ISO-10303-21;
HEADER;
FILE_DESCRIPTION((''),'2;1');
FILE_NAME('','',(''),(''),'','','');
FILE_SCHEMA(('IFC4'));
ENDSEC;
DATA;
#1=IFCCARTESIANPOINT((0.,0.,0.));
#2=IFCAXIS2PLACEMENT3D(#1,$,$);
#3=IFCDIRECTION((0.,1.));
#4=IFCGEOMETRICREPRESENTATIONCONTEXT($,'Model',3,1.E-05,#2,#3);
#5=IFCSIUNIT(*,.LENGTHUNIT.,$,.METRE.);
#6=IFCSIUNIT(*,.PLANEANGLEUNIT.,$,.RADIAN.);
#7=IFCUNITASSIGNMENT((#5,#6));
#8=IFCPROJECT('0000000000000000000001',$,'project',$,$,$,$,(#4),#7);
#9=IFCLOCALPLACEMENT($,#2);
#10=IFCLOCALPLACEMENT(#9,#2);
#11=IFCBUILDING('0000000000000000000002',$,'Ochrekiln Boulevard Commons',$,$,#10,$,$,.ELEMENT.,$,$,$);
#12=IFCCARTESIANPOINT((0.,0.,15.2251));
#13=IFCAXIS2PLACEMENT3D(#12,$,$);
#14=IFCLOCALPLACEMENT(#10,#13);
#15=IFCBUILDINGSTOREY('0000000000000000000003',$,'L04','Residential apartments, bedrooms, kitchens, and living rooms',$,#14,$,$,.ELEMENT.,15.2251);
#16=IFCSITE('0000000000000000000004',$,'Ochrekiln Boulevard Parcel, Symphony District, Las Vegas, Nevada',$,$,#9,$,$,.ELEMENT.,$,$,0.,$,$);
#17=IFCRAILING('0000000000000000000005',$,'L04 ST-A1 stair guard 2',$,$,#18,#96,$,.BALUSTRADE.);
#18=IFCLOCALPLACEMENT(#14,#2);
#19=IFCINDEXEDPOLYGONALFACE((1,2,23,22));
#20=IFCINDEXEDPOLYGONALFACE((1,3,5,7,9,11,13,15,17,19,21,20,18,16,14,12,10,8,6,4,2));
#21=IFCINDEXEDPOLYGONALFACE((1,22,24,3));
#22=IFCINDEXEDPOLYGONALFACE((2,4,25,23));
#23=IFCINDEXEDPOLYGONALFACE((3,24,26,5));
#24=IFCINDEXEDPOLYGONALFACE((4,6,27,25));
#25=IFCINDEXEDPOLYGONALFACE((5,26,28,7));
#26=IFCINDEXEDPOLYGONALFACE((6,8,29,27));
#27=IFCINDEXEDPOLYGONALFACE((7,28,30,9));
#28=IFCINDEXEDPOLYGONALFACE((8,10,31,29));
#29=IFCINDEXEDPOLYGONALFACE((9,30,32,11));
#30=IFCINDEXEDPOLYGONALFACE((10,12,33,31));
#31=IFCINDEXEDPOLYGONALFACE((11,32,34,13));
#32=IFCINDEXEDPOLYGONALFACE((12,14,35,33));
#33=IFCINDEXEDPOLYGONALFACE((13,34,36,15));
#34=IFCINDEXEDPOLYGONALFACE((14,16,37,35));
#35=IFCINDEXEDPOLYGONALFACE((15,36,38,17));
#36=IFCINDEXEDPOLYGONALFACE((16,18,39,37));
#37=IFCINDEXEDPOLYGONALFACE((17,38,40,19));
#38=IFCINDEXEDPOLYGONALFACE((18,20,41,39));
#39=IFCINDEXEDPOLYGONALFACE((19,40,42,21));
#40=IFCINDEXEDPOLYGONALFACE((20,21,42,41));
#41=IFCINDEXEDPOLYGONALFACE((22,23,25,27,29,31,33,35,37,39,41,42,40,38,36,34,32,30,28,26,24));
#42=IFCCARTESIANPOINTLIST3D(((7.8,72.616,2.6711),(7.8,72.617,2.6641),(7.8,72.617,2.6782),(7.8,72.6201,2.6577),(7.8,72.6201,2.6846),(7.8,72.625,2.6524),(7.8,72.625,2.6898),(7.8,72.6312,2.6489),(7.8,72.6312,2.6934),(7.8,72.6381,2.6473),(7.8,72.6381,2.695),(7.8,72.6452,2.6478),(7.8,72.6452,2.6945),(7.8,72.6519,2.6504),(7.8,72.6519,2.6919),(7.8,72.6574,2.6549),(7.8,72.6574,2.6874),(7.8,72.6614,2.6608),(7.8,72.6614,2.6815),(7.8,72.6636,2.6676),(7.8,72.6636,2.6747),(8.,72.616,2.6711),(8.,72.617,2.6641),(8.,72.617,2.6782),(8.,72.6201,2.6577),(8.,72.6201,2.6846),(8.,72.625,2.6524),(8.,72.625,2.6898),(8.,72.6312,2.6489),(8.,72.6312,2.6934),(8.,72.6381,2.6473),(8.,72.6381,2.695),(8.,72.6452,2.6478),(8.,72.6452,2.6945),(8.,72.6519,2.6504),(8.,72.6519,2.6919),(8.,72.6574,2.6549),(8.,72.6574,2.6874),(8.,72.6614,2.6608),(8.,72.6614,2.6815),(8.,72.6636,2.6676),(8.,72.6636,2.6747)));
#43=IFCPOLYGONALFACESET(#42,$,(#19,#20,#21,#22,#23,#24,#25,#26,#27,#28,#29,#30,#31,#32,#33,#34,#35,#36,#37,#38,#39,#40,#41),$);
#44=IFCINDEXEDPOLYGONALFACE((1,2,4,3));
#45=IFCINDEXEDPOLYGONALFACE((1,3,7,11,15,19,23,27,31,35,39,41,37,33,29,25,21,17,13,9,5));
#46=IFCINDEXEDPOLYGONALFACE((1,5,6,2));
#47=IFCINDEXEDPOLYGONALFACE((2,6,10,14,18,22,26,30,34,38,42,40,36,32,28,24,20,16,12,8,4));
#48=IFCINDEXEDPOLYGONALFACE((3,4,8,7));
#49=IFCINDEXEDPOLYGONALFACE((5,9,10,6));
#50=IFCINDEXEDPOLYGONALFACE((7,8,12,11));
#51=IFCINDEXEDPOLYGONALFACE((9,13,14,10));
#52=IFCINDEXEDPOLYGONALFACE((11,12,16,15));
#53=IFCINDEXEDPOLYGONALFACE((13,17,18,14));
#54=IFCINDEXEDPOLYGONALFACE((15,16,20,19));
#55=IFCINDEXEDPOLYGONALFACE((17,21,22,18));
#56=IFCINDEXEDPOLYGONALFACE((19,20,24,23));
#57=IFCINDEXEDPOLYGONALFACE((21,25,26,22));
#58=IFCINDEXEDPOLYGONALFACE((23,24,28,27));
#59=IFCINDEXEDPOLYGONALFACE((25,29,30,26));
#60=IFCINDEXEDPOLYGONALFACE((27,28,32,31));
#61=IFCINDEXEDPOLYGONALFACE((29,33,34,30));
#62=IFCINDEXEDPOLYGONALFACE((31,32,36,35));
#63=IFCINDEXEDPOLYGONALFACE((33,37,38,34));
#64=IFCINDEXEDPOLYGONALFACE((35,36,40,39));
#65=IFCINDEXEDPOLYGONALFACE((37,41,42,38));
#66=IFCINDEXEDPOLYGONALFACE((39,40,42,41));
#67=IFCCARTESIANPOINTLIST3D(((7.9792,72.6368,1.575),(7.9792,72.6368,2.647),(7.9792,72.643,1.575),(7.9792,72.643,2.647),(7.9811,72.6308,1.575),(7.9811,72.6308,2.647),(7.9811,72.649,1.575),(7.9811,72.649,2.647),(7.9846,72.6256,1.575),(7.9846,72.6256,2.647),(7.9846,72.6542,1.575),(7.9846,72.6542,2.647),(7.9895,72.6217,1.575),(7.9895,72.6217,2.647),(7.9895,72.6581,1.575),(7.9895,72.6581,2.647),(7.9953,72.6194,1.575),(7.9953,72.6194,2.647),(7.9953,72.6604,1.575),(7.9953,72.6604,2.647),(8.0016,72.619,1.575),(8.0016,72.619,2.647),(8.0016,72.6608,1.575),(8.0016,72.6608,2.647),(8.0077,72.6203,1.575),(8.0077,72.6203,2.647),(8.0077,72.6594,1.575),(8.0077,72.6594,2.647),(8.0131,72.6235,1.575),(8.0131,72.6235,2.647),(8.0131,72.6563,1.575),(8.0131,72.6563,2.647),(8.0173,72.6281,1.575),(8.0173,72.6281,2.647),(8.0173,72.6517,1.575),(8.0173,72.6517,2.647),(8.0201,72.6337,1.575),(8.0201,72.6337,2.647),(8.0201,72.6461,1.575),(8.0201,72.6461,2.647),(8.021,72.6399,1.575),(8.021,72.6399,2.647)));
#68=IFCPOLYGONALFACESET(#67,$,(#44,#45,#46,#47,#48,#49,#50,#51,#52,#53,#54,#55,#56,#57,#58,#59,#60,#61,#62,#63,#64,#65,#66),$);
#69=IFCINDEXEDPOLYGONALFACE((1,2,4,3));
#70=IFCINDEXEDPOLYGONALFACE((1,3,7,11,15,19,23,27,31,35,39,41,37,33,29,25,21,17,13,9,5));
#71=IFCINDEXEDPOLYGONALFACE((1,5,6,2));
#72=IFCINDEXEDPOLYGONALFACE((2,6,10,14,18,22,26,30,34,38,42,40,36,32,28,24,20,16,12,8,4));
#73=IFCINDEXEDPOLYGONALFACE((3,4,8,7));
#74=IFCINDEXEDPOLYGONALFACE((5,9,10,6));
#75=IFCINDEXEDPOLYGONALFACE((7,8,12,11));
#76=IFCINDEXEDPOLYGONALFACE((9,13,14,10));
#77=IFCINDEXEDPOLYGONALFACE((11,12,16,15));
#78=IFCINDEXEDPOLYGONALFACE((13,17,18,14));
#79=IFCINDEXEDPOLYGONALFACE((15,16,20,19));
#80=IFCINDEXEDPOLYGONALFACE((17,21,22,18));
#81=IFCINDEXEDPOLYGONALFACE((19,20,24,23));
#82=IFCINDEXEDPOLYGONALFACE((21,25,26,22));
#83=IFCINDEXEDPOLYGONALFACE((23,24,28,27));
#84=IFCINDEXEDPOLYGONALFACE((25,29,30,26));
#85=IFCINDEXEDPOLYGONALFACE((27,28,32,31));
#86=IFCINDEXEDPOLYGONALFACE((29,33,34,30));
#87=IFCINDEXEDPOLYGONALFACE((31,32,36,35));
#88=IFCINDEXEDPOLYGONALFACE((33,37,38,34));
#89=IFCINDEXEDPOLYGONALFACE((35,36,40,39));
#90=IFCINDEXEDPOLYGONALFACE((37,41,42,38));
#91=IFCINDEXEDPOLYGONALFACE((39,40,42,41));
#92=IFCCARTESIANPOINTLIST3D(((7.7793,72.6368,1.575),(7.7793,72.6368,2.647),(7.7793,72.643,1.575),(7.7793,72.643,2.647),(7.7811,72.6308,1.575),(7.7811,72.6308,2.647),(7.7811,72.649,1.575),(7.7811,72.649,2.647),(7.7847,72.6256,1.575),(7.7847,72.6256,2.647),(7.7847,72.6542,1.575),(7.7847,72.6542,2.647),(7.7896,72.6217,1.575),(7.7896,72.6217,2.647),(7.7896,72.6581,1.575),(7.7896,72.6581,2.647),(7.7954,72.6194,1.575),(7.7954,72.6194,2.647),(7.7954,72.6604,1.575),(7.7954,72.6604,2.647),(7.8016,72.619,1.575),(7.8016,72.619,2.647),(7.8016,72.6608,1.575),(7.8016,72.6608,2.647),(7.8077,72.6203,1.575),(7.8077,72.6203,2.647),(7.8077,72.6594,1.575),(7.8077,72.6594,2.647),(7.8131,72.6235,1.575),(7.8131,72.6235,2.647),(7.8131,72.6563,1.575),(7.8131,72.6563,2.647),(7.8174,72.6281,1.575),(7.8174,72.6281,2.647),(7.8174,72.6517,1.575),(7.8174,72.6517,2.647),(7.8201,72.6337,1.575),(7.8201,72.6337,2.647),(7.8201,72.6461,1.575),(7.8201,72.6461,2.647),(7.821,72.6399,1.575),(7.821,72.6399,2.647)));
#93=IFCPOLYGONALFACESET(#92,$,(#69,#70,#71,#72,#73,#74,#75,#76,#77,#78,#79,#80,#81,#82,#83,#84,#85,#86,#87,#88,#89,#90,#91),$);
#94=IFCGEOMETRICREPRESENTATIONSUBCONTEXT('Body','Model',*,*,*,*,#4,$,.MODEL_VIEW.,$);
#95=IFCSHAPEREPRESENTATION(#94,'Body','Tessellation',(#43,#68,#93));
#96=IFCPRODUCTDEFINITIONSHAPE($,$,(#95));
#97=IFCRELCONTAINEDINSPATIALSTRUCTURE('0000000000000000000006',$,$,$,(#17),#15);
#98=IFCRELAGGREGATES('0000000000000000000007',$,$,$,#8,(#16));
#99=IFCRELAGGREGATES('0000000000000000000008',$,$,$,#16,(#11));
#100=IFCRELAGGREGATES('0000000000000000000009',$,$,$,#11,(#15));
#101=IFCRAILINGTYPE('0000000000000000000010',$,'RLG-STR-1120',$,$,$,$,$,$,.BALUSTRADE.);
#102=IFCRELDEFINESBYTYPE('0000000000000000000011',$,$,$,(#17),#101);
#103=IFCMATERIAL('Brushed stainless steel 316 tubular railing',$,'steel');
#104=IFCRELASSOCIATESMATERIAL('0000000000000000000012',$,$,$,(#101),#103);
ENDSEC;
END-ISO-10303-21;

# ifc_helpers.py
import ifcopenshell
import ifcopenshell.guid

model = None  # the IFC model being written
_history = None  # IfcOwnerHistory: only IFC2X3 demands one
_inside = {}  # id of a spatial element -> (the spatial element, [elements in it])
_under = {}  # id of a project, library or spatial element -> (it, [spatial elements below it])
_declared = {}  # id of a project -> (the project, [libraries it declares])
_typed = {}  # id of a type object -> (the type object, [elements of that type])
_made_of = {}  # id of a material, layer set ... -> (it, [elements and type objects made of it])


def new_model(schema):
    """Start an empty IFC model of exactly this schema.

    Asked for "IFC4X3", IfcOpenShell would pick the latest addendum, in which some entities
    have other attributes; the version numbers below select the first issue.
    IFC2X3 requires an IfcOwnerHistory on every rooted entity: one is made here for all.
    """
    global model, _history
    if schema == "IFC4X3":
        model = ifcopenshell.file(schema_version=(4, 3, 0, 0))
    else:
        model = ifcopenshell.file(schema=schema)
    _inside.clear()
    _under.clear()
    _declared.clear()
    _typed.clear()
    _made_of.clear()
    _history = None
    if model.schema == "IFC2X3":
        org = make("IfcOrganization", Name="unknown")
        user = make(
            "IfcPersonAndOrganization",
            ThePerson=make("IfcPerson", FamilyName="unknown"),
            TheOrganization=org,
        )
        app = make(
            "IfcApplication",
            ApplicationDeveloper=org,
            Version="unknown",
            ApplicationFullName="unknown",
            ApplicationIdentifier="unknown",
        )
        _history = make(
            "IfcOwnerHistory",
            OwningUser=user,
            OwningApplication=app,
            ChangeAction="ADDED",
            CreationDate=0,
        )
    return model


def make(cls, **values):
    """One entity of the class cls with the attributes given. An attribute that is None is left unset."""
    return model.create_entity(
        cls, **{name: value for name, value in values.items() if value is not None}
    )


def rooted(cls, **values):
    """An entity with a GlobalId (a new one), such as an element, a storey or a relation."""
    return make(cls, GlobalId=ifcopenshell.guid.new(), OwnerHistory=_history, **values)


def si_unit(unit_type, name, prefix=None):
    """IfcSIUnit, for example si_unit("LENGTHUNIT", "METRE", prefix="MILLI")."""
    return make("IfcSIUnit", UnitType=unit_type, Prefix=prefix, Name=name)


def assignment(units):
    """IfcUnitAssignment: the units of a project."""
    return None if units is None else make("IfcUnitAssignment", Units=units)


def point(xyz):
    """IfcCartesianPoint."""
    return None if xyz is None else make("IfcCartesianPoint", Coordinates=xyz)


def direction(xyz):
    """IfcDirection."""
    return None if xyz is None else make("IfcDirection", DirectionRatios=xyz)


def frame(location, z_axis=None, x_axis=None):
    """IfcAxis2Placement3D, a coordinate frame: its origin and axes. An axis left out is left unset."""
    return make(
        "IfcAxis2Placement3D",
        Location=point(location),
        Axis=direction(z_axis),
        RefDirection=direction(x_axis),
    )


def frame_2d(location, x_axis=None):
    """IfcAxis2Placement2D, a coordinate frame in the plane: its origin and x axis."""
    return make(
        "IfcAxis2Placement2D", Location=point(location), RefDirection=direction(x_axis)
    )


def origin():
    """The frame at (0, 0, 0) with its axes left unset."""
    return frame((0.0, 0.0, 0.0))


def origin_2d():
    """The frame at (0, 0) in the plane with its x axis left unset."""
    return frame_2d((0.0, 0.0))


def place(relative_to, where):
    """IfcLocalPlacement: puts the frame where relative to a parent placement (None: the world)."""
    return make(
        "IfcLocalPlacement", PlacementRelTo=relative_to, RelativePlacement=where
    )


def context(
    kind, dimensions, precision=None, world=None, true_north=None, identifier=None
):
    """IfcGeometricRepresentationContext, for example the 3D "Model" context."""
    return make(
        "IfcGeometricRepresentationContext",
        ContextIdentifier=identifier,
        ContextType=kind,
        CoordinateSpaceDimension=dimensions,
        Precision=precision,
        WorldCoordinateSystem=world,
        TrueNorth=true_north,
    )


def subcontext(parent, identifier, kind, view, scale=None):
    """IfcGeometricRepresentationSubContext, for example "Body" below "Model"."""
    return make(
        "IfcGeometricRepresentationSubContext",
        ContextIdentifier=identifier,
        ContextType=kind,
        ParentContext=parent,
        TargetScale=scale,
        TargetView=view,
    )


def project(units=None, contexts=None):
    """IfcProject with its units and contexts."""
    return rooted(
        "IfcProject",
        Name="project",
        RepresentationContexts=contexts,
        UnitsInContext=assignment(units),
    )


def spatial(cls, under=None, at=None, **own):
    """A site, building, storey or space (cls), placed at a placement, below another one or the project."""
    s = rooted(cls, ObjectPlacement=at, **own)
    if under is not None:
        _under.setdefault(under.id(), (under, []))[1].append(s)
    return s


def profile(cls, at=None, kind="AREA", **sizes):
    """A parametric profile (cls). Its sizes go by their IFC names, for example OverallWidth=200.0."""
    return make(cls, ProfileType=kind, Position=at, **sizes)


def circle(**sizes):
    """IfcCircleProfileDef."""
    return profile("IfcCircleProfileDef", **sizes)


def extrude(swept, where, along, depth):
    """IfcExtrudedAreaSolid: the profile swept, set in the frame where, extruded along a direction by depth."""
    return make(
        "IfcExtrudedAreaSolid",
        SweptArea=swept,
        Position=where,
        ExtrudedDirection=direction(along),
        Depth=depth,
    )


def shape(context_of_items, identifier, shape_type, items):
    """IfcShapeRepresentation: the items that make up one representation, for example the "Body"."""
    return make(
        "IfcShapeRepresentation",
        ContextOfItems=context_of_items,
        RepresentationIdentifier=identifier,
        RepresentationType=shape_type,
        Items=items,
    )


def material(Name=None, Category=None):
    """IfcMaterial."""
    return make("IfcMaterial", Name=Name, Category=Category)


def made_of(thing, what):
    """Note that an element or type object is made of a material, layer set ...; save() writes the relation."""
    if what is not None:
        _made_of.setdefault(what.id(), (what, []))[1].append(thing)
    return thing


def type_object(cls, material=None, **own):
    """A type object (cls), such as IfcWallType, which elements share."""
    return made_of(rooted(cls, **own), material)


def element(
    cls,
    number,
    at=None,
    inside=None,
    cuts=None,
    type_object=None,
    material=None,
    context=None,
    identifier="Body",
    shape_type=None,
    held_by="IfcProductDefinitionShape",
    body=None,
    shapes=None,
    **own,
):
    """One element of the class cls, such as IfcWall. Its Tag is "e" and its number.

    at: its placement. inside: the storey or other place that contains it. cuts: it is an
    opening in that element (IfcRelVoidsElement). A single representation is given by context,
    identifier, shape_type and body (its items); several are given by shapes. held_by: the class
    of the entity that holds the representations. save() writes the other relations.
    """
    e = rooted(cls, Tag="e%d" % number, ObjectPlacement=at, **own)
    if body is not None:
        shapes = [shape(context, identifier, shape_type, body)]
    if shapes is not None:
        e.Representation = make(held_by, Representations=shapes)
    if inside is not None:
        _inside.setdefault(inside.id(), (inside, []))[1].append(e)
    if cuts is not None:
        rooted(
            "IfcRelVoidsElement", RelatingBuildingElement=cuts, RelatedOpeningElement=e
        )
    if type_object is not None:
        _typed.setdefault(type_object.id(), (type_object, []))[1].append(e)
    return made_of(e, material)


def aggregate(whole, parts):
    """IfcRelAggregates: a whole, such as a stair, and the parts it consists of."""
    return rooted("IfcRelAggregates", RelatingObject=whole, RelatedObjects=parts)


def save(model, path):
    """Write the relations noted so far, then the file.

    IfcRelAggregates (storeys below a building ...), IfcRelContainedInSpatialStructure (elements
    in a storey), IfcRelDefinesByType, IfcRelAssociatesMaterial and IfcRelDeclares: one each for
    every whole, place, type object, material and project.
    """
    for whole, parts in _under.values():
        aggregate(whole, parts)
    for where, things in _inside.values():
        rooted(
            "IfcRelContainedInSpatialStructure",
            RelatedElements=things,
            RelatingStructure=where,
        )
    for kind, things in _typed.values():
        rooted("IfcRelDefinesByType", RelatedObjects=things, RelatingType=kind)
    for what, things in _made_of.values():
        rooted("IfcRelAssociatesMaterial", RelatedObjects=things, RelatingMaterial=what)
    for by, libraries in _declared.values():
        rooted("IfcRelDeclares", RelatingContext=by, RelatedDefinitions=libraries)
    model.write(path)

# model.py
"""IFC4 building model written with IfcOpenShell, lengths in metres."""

from ifc_helpers import new_model, si_unit, direction, frame, origin, origin_2d, place, context, subcontext, project, spatial, circle, extrude, material, type_object, element, save


model = new_model("IFC4")

# Units and contexts
model_context = context("Model", 3, precision=1e-05, world=origin(), true_north=direction((0.0, 1.0)))
body_context = subcontext(model_context, "Body", "Model", "MODEL_VIEW")
ifc_project = project(units=[si_unit("LENGTHUNIT", "METRE"), si_unit("PLANEANGLEUNIT", "RADIAN")], contexts=[model_context])

# Site, building, storey
site_placement = place(None, origin())
site = spatial("IfcSite", under=ifc_project, at=site_placement, Name="Ochrekiln Boulevard Parcel, Symphony District, Las Vegas, Nevada", CompositionType="ELEMENT", RefElevation=0.0)
building_placement = place(site_placement, origin())
building = spatial("IfcBuilding", under=site, at=building_placement, Name="Ochrekiln Boulevard Commons", CompositionType="ELEMENT")
storey_placement = place(building_placement, frame((0.0, 0.0, 15.2251)))
storey = spatial("IfcBuildingStorey", under=building, at=storey_placement, Name="L04", Description="Residential apartments, bedrooms, kitchens, and living rooms", CompositionType="ELEMENT", Elevation=15.2251)

# Railing
ifc_material_1 = material(Name="Brushed stainless steel 316 tubular railing", Category="steel")
railing_type_1 = type_object("IfcRailingType", Name="RLG-STR-1120", PredefinedType="BALUSTRADE", material=ifc_material_1)
railing_1_placement = place(storey_placement, frame((8.0, 72.6399, 1.575)))
element("IfcRailing", 1, at=railing_1_placement, inside=storey, type_object=railing_type_1, Name="L04 ST-A1 stair guard 2", PredefinedType="BALUSTRADE", context=body_context, shape_type="SweptSolid", body=[
    extrude(circle(Radius=0.0239, at=origin_2d()), frame((0.0, 0.0, 1.0962), z_axis=(-1.0, 0.0, 0.0), x_axis=(0.0, -1.0, 0.0)), (0.0, 0.0, 1.0), 0.2),
    extrude(circle(Radius=0.021, at=origin_2d()), origin(), (0.0, 0.0, 1.0), 1.072),
    extrude(circle(Radius=0.021, at=origin_2d()), frame((-0.2, 0.0, 0.0)), (0.0, 0.0, 1.0), 1.072),
])

save(model, "model.ifc")
